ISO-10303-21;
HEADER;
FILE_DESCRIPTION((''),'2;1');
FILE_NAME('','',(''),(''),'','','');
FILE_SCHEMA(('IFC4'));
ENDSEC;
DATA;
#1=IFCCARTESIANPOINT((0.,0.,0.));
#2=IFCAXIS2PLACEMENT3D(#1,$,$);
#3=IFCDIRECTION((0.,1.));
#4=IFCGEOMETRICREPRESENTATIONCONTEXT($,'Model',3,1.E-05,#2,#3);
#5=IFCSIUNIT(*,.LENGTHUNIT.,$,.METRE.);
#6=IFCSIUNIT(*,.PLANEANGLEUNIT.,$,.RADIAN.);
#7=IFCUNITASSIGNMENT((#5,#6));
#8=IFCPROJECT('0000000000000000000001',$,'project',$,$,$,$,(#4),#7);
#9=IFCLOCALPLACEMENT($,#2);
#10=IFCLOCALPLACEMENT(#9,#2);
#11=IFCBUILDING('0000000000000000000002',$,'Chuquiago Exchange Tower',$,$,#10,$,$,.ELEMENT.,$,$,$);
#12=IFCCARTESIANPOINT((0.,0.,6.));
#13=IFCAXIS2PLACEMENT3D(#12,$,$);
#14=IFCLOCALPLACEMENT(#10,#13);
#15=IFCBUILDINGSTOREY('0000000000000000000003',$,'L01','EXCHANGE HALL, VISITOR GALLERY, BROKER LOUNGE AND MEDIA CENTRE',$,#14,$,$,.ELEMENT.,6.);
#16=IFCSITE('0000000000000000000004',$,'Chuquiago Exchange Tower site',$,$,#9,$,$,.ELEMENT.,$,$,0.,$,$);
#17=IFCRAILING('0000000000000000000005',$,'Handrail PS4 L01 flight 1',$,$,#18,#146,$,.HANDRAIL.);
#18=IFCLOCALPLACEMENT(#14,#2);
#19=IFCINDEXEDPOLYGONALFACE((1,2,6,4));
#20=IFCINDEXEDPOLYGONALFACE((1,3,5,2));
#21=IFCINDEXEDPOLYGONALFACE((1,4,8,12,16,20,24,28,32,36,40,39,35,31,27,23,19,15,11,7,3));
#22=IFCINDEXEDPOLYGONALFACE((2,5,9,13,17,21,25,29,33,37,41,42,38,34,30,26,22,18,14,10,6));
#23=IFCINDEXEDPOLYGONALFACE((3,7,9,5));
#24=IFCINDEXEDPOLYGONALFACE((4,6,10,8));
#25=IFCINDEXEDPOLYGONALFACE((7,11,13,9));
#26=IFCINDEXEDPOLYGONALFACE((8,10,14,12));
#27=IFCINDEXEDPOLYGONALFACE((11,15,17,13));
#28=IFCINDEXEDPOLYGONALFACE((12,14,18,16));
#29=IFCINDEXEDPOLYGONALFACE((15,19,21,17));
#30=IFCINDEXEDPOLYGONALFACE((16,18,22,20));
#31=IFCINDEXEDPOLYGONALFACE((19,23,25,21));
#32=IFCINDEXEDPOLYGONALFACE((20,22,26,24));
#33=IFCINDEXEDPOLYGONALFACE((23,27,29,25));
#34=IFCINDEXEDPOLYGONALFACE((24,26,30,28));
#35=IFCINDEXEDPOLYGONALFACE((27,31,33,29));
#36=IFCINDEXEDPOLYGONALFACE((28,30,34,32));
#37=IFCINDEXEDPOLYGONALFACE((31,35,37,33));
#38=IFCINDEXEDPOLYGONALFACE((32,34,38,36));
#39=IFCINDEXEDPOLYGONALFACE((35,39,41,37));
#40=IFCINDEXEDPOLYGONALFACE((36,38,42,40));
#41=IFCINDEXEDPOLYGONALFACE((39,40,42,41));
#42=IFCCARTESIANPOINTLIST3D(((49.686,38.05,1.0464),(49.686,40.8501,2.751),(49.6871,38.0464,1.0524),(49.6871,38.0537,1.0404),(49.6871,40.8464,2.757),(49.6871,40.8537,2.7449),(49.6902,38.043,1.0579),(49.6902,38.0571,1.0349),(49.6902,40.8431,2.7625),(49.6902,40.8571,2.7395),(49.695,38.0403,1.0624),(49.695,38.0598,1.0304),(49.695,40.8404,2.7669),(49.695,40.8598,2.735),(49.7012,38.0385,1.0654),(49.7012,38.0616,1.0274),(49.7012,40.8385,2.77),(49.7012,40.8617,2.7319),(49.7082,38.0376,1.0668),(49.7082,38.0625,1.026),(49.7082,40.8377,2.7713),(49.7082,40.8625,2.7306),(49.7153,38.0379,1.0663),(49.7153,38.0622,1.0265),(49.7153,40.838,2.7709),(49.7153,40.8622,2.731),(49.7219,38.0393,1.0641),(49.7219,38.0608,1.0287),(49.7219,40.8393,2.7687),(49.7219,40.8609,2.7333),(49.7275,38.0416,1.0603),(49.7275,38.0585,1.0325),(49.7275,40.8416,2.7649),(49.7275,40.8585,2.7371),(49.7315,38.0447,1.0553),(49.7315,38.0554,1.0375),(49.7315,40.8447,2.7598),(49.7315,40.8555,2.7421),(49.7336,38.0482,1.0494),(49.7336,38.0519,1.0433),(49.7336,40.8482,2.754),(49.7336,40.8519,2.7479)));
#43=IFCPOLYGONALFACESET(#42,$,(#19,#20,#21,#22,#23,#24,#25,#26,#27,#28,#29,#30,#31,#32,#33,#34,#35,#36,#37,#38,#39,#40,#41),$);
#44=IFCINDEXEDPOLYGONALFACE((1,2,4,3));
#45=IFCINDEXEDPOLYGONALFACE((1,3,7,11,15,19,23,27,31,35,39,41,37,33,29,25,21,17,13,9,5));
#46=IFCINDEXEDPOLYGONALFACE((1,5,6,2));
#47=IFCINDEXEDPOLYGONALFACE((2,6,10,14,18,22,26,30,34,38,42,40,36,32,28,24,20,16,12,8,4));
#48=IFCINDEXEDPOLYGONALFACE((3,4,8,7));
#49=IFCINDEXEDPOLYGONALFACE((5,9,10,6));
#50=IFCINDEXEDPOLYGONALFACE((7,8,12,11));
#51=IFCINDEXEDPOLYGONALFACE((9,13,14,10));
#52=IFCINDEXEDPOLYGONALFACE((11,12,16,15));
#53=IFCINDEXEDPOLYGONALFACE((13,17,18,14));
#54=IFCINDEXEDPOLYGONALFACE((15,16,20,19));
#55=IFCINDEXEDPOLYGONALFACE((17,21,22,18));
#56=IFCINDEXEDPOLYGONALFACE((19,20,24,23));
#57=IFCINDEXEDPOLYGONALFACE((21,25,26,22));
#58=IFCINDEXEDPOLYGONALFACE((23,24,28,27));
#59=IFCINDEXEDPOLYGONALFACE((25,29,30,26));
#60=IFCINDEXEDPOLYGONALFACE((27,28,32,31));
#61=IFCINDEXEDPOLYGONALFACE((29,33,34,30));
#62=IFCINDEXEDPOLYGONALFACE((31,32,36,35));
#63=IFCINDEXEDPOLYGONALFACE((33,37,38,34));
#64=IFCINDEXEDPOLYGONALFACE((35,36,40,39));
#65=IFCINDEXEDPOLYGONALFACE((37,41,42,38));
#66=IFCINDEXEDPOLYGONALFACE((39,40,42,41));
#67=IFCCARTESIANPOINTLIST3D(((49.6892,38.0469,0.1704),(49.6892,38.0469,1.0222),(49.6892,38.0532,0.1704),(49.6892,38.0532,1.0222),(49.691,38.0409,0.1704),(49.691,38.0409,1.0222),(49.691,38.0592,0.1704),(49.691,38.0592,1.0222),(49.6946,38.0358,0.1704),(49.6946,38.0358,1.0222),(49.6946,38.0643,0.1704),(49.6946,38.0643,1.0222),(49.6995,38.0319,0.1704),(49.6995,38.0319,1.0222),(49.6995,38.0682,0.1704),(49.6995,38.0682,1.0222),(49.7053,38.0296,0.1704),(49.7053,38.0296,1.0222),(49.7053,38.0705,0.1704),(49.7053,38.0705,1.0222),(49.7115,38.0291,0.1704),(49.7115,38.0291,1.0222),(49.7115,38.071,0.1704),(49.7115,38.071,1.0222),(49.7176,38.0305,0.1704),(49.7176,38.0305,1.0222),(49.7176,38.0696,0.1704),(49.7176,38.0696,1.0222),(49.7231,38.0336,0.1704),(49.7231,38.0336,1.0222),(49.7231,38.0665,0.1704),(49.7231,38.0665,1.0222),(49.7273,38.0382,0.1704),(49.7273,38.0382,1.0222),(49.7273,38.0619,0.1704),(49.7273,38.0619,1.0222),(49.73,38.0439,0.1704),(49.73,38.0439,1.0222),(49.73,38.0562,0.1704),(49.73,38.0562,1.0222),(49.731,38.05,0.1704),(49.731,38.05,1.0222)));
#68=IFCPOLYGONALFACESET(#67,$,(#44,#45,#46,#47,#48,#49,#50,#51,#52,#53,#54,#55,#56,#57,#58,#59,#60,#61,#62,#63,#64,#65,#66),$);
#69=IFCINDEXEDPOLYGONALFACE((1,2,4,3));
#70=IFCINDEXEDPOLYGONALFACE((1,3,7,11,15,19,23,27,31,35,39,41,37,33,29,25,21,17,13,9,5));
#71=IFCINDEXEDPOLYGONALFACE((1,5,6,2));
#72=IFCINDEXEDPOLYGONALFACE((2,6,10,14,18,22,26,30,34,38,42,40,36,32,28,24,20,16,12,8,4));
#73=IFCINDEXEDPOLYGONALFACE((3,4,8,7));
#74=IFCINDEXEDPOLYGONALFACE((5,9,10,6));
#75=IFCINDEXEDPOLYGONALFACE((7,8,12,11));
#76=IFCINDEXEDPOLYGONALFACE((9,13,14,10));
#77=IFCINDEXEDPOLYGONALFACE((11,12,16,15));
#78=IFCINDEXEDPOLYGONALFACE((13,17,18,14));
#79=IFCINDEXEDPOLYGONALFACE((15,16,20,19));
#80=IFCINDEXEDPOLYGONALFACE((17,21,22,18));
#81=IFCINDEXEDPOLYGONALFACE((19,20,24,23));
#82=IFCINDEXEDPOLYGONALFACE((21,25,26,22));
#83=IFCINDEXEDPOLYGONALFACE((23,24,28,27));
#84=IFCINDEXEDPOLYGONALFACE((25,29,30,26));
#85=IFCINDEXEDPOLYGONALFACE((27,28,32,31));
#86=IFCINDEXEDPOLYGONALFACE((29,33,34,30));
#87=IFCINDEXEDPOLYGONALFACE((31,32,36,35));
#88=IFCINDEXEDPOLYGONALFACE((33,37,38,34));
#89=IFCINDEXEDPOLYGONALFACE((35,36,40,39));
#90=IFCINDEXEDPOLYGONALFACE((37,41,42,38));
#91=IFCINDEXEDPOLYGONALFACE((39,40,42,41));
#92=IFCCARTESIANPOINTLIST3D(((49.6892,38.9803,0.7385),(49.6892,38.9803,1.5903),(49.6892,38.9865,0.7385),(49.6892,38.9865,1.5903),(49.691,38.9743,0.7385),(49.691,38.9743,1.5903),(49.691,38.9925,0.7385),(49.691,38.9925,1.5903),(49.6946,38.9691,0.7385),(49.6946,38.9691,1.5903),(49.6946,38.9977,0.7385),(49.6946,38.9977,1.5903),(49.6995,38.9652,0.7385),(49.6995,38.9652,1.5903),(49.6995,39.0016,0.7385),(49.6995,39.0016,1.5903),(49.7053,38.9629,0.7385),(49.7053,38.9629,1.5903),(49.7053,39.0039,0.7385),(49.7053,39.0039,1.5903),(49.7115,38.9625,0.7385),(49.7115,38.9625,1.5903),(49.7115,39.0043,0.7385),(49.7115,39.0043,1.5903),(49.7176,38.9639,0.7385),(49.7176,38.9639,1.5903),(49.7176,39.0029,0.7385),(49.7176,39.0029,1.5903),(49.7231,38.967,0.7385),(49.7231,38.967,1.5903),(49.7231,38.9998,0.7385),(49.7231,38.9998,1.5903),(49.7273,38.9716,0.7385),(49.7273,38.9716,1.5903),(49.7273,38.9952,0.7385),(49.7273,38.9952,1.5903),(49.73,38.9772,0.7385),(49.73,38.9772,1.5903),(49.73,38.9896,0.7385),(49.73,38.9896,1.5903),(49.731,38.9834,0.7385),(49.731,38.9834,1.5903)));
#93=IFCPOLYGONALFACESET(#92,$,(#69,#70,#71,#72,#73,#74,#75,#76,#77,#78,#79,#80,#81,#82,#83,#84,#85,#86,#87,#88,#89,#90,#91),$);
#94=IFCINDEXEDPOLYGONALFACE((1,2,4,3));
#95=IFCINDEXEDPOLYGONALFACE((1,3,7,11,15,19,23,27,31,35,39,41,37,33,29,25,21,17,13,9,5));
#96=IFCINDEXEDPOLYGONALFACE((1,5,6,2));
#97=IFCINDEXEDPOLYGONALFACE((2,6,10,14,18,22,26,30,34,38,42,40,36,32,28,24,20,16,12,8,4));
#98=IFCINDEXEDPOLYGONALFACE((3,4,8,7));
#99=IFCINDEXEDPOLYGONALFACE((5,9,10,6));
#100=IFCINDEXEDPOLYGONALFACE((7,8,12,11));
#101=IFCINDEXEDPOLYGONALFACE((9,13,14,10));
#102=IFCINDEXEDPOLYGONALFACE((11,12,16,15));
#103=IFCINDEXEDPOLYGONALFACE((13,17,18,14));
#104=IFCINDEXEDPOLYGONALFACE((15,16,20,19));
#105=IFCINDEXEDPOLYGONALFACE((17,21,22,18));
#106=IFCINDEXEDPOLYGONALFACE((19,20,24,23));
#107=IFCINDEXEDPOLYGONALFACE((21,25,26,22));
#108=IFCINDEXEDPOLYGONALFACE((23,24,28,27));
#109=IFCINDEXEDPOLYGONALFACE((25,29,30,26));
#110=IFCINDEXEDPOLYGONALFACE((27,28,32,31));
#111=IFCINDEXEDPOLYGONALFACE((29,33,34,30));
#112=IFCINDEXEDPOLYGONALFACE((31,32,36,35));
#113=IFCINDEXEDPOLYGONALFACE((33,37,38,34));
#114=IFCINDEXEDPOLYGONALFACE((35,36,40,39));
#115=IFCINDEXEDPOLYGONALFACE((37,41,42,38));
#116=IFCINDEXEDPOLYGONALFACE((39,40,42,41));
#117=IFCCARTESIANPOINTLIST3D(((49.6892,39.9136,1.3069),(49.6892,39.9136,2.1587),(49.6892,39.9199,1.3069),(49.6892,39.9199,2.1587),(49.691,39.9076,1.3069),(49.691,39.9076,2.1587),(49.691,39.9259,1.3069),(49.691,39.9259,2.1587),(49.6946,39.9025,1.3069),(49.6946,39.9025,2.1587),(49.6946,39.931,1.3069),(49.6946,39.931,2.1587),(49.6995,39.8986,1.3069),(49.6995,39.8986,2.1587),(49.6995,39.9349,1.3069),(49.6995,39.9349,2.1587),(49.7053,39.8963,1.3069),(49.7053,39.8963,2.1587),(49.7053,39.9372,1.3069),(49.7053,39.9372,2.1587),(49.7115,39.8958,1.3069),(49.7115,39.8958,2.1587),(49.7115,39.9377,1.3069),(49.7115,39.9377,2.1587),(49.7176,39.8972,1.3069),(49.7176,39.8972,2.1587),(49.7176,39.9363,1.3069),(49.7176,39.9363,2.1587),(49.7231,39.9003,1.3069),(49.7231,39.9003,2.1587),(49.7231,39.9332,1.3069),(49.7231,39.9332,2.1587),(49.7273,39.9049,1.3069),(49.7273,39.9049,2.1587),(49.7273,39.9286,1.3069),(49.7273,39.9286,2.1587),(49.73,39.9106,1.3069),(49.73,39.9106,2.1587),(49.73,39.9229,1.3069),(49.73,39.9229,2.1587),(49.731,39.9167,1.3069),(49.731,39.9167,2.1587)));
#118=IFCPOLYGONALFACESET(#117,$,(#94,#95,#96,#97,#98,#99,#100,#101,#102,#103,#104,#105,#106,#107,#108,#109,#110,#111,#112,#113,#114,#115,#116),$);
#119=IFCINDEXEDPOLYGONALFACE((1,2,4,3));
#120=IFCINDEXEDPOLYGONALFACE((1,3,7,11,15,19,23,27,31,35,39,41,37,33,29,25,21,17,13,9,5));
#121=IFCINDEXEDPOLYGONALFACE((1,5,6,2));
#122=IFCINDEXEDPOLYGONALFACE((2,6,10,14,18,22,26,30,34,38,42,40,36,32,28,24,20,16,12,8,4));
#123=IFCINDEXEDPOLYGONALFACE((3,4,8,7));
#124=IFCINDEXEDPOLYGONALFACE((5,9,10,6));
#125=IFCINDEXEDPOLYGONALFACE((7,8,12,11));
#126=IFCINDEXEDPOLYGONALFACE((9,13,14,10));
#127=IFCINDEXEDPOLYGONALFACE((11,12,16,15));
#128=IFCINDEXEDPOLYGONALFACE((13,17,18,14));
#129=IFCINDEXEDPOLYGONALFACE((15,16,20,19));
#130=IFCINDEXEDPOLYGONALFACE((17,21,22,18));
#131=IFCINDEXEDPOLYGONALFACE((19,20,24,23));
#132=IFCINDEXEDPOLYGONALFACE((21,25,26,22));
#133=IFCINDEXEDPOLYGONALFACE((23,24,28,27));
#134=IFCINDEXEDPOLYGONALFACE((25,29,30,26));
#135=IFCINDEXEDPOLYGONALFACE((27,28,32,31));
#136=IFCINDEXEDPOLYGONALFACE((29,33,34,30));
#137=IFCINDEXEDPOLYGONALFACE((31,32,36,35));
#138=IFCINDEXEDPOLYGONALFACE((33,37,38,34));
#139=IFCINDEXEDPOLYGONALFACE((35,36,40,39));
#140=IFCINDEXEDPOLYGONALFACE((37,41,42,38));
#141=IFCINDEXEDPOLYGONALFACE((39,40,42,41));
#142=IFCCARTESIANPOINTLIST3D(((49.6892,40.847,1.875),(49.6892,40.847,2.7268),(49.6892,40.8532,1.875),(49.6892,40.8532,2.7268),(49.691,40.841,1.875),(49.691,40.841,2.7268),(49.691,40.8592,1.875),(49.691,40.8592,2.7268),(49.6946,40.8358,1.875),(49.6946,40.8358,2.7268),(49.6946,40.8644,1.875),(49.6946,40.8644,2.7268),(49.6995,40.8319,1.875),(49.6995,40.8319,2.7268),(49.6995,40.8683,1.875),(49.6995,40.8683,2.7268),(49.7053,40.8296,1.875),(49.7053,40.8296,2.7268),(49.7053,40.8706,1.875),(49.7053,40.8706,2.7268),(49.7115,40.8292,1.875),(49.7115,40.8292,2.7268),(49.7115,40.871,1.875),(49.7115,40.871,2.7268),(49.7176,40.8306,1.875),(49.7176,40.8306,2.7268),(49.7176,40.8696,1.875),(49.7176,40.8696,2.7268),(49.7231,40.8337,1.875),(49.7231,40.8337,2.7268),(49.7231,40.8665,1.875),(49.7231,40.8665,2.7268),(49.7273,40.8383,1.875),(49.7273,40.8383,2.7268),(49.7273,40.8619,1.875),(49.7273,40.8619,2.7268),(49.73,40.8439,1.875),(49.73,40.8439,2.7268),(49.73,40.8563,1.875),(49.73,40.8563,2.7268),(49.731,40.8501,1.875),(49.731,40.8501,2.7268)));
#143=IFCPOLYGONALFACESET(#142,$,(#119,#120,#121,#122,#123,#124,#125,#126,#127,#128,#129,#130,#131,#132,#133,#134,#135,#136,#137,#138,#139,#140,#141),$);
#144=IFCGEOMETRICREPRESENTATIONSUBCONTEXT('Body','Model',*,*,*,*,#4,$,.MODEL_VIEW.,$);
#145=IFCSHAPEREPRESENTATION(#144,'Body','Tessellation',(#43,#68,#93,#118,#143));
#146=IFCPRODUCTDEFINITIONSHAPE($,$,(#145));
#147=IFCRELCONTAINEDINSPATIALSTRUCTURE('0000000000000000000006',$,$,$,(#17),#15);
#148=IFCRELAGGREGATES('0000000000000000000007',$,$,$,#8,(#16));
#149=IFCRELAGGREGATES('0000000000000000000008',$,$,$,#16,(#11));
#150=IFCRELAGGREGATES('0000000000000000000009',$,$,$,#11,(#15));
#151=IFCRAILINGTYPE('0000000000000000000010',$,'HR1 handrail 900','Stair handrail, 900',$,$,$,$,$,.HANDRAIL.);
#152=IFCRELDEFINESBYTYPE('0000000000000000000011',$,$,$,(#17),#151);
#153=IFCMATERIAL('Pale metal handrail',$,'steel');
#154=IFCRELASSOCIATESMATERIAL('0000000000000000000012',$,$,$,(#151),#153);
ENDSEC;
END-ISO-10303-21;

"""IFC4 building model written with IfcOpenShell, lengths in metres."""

from ifc_helpers import new_model, si_unit, direction, frame, origin, origin_2d, place, context, subcontext, project, spatial, circle, extrude, material, type_object, element, save


model = new_model("IFC4")

# Units and contexts
model_context = context("Model", 3, precision=1e-05, world=origin(), true_north=direction((0.0, 1.0)))
body_context = subcontext(model_context, "Body", "Model", "MODEL_VIEW")
ifc_project = project(units=[si_unit("LENGTHUNIT", "METRE"), si_unit("PLANEANGLEUNIT", "RADIAN")], contexts=[model_context])

# Site, building, storey
site_placement = place(None, origin())
site = spatial("IfcSite", under=ifc_project, at=site_placement, Name="Chuquiago Exchange Tower site", CompositionType="ELEMENT", RefElevation=0.0)
building_placement = place(site_placement, origin())
building = spatial("IfcBuilding", under=site, at=building_placement, Name="Chuquiago Exchange Tower", CompositionType="ELEMENT")
storey_placement = place(building_placement, frame((0.0, 0.0, 6.0)))
storey = spatial("IfcBuildingStorey", under=building, at=storey_placement, Name="L01", Description="EXCHANGE HALL, VISITOR GALLERY, BROKER LOUNGE AND MEDIA CENTRE", CompositionType="ELEMENT", Elevation=6.0)

# Railing
ifc_material_1 = material(Name="Pale metal handrail", Category="steel")
railing_type = type_object("IfcRailingType", Name="HR1 handrail 900", Description="Stair handrail, 900", PredefinedType="HANDRAIL", material=ifc_material_1)
for number, where, name in (
    (1, (49.71, 38.05, 0.1704), "Handrail PS4 L01 flight 1"),
):
    element("IfcRailing", number, at=place(storey_placement, frame(where)), inside=storey, type_object=railing_type, Name=name, PredefinedType="HANDRAIL", context=body_context, shape_type="SweptSolid", body=[
        extrude(circle(Radius=0.0239, at=origin_2d()), frame((0.0, 0.0, 0.876), z_axis=(0.0, 0.85417, 0.519994), x_axis=(-1.0, 0.0, 0.0)), (0.0, 0.0, 1.0), 3.2781),
        extrude(circle(Radius=0.021, at=origin_2d()), origin(), (0.0, 0.0, 1.0), 0.8518),
        extrude(circle(Radius=0.021, at=origin_2d()), frame((0.0, 0.9333, 0.5681)), (0.0, 0.0, 1.0), 0.8518),
        extrude(circle(Radius=0.021, at=origin_2d()), frame((0.0, 1.8667, 1.1365)), (0.0, 0.0, 1.0), 0.8518),
        extrude(circle(Radius=0.021, at=origin_2d()), frame((0.0, 2.8, 1.7046)), (0.0, 0.0, 1.0), 0.8518),
    ])

save(model, "model.ifc")
